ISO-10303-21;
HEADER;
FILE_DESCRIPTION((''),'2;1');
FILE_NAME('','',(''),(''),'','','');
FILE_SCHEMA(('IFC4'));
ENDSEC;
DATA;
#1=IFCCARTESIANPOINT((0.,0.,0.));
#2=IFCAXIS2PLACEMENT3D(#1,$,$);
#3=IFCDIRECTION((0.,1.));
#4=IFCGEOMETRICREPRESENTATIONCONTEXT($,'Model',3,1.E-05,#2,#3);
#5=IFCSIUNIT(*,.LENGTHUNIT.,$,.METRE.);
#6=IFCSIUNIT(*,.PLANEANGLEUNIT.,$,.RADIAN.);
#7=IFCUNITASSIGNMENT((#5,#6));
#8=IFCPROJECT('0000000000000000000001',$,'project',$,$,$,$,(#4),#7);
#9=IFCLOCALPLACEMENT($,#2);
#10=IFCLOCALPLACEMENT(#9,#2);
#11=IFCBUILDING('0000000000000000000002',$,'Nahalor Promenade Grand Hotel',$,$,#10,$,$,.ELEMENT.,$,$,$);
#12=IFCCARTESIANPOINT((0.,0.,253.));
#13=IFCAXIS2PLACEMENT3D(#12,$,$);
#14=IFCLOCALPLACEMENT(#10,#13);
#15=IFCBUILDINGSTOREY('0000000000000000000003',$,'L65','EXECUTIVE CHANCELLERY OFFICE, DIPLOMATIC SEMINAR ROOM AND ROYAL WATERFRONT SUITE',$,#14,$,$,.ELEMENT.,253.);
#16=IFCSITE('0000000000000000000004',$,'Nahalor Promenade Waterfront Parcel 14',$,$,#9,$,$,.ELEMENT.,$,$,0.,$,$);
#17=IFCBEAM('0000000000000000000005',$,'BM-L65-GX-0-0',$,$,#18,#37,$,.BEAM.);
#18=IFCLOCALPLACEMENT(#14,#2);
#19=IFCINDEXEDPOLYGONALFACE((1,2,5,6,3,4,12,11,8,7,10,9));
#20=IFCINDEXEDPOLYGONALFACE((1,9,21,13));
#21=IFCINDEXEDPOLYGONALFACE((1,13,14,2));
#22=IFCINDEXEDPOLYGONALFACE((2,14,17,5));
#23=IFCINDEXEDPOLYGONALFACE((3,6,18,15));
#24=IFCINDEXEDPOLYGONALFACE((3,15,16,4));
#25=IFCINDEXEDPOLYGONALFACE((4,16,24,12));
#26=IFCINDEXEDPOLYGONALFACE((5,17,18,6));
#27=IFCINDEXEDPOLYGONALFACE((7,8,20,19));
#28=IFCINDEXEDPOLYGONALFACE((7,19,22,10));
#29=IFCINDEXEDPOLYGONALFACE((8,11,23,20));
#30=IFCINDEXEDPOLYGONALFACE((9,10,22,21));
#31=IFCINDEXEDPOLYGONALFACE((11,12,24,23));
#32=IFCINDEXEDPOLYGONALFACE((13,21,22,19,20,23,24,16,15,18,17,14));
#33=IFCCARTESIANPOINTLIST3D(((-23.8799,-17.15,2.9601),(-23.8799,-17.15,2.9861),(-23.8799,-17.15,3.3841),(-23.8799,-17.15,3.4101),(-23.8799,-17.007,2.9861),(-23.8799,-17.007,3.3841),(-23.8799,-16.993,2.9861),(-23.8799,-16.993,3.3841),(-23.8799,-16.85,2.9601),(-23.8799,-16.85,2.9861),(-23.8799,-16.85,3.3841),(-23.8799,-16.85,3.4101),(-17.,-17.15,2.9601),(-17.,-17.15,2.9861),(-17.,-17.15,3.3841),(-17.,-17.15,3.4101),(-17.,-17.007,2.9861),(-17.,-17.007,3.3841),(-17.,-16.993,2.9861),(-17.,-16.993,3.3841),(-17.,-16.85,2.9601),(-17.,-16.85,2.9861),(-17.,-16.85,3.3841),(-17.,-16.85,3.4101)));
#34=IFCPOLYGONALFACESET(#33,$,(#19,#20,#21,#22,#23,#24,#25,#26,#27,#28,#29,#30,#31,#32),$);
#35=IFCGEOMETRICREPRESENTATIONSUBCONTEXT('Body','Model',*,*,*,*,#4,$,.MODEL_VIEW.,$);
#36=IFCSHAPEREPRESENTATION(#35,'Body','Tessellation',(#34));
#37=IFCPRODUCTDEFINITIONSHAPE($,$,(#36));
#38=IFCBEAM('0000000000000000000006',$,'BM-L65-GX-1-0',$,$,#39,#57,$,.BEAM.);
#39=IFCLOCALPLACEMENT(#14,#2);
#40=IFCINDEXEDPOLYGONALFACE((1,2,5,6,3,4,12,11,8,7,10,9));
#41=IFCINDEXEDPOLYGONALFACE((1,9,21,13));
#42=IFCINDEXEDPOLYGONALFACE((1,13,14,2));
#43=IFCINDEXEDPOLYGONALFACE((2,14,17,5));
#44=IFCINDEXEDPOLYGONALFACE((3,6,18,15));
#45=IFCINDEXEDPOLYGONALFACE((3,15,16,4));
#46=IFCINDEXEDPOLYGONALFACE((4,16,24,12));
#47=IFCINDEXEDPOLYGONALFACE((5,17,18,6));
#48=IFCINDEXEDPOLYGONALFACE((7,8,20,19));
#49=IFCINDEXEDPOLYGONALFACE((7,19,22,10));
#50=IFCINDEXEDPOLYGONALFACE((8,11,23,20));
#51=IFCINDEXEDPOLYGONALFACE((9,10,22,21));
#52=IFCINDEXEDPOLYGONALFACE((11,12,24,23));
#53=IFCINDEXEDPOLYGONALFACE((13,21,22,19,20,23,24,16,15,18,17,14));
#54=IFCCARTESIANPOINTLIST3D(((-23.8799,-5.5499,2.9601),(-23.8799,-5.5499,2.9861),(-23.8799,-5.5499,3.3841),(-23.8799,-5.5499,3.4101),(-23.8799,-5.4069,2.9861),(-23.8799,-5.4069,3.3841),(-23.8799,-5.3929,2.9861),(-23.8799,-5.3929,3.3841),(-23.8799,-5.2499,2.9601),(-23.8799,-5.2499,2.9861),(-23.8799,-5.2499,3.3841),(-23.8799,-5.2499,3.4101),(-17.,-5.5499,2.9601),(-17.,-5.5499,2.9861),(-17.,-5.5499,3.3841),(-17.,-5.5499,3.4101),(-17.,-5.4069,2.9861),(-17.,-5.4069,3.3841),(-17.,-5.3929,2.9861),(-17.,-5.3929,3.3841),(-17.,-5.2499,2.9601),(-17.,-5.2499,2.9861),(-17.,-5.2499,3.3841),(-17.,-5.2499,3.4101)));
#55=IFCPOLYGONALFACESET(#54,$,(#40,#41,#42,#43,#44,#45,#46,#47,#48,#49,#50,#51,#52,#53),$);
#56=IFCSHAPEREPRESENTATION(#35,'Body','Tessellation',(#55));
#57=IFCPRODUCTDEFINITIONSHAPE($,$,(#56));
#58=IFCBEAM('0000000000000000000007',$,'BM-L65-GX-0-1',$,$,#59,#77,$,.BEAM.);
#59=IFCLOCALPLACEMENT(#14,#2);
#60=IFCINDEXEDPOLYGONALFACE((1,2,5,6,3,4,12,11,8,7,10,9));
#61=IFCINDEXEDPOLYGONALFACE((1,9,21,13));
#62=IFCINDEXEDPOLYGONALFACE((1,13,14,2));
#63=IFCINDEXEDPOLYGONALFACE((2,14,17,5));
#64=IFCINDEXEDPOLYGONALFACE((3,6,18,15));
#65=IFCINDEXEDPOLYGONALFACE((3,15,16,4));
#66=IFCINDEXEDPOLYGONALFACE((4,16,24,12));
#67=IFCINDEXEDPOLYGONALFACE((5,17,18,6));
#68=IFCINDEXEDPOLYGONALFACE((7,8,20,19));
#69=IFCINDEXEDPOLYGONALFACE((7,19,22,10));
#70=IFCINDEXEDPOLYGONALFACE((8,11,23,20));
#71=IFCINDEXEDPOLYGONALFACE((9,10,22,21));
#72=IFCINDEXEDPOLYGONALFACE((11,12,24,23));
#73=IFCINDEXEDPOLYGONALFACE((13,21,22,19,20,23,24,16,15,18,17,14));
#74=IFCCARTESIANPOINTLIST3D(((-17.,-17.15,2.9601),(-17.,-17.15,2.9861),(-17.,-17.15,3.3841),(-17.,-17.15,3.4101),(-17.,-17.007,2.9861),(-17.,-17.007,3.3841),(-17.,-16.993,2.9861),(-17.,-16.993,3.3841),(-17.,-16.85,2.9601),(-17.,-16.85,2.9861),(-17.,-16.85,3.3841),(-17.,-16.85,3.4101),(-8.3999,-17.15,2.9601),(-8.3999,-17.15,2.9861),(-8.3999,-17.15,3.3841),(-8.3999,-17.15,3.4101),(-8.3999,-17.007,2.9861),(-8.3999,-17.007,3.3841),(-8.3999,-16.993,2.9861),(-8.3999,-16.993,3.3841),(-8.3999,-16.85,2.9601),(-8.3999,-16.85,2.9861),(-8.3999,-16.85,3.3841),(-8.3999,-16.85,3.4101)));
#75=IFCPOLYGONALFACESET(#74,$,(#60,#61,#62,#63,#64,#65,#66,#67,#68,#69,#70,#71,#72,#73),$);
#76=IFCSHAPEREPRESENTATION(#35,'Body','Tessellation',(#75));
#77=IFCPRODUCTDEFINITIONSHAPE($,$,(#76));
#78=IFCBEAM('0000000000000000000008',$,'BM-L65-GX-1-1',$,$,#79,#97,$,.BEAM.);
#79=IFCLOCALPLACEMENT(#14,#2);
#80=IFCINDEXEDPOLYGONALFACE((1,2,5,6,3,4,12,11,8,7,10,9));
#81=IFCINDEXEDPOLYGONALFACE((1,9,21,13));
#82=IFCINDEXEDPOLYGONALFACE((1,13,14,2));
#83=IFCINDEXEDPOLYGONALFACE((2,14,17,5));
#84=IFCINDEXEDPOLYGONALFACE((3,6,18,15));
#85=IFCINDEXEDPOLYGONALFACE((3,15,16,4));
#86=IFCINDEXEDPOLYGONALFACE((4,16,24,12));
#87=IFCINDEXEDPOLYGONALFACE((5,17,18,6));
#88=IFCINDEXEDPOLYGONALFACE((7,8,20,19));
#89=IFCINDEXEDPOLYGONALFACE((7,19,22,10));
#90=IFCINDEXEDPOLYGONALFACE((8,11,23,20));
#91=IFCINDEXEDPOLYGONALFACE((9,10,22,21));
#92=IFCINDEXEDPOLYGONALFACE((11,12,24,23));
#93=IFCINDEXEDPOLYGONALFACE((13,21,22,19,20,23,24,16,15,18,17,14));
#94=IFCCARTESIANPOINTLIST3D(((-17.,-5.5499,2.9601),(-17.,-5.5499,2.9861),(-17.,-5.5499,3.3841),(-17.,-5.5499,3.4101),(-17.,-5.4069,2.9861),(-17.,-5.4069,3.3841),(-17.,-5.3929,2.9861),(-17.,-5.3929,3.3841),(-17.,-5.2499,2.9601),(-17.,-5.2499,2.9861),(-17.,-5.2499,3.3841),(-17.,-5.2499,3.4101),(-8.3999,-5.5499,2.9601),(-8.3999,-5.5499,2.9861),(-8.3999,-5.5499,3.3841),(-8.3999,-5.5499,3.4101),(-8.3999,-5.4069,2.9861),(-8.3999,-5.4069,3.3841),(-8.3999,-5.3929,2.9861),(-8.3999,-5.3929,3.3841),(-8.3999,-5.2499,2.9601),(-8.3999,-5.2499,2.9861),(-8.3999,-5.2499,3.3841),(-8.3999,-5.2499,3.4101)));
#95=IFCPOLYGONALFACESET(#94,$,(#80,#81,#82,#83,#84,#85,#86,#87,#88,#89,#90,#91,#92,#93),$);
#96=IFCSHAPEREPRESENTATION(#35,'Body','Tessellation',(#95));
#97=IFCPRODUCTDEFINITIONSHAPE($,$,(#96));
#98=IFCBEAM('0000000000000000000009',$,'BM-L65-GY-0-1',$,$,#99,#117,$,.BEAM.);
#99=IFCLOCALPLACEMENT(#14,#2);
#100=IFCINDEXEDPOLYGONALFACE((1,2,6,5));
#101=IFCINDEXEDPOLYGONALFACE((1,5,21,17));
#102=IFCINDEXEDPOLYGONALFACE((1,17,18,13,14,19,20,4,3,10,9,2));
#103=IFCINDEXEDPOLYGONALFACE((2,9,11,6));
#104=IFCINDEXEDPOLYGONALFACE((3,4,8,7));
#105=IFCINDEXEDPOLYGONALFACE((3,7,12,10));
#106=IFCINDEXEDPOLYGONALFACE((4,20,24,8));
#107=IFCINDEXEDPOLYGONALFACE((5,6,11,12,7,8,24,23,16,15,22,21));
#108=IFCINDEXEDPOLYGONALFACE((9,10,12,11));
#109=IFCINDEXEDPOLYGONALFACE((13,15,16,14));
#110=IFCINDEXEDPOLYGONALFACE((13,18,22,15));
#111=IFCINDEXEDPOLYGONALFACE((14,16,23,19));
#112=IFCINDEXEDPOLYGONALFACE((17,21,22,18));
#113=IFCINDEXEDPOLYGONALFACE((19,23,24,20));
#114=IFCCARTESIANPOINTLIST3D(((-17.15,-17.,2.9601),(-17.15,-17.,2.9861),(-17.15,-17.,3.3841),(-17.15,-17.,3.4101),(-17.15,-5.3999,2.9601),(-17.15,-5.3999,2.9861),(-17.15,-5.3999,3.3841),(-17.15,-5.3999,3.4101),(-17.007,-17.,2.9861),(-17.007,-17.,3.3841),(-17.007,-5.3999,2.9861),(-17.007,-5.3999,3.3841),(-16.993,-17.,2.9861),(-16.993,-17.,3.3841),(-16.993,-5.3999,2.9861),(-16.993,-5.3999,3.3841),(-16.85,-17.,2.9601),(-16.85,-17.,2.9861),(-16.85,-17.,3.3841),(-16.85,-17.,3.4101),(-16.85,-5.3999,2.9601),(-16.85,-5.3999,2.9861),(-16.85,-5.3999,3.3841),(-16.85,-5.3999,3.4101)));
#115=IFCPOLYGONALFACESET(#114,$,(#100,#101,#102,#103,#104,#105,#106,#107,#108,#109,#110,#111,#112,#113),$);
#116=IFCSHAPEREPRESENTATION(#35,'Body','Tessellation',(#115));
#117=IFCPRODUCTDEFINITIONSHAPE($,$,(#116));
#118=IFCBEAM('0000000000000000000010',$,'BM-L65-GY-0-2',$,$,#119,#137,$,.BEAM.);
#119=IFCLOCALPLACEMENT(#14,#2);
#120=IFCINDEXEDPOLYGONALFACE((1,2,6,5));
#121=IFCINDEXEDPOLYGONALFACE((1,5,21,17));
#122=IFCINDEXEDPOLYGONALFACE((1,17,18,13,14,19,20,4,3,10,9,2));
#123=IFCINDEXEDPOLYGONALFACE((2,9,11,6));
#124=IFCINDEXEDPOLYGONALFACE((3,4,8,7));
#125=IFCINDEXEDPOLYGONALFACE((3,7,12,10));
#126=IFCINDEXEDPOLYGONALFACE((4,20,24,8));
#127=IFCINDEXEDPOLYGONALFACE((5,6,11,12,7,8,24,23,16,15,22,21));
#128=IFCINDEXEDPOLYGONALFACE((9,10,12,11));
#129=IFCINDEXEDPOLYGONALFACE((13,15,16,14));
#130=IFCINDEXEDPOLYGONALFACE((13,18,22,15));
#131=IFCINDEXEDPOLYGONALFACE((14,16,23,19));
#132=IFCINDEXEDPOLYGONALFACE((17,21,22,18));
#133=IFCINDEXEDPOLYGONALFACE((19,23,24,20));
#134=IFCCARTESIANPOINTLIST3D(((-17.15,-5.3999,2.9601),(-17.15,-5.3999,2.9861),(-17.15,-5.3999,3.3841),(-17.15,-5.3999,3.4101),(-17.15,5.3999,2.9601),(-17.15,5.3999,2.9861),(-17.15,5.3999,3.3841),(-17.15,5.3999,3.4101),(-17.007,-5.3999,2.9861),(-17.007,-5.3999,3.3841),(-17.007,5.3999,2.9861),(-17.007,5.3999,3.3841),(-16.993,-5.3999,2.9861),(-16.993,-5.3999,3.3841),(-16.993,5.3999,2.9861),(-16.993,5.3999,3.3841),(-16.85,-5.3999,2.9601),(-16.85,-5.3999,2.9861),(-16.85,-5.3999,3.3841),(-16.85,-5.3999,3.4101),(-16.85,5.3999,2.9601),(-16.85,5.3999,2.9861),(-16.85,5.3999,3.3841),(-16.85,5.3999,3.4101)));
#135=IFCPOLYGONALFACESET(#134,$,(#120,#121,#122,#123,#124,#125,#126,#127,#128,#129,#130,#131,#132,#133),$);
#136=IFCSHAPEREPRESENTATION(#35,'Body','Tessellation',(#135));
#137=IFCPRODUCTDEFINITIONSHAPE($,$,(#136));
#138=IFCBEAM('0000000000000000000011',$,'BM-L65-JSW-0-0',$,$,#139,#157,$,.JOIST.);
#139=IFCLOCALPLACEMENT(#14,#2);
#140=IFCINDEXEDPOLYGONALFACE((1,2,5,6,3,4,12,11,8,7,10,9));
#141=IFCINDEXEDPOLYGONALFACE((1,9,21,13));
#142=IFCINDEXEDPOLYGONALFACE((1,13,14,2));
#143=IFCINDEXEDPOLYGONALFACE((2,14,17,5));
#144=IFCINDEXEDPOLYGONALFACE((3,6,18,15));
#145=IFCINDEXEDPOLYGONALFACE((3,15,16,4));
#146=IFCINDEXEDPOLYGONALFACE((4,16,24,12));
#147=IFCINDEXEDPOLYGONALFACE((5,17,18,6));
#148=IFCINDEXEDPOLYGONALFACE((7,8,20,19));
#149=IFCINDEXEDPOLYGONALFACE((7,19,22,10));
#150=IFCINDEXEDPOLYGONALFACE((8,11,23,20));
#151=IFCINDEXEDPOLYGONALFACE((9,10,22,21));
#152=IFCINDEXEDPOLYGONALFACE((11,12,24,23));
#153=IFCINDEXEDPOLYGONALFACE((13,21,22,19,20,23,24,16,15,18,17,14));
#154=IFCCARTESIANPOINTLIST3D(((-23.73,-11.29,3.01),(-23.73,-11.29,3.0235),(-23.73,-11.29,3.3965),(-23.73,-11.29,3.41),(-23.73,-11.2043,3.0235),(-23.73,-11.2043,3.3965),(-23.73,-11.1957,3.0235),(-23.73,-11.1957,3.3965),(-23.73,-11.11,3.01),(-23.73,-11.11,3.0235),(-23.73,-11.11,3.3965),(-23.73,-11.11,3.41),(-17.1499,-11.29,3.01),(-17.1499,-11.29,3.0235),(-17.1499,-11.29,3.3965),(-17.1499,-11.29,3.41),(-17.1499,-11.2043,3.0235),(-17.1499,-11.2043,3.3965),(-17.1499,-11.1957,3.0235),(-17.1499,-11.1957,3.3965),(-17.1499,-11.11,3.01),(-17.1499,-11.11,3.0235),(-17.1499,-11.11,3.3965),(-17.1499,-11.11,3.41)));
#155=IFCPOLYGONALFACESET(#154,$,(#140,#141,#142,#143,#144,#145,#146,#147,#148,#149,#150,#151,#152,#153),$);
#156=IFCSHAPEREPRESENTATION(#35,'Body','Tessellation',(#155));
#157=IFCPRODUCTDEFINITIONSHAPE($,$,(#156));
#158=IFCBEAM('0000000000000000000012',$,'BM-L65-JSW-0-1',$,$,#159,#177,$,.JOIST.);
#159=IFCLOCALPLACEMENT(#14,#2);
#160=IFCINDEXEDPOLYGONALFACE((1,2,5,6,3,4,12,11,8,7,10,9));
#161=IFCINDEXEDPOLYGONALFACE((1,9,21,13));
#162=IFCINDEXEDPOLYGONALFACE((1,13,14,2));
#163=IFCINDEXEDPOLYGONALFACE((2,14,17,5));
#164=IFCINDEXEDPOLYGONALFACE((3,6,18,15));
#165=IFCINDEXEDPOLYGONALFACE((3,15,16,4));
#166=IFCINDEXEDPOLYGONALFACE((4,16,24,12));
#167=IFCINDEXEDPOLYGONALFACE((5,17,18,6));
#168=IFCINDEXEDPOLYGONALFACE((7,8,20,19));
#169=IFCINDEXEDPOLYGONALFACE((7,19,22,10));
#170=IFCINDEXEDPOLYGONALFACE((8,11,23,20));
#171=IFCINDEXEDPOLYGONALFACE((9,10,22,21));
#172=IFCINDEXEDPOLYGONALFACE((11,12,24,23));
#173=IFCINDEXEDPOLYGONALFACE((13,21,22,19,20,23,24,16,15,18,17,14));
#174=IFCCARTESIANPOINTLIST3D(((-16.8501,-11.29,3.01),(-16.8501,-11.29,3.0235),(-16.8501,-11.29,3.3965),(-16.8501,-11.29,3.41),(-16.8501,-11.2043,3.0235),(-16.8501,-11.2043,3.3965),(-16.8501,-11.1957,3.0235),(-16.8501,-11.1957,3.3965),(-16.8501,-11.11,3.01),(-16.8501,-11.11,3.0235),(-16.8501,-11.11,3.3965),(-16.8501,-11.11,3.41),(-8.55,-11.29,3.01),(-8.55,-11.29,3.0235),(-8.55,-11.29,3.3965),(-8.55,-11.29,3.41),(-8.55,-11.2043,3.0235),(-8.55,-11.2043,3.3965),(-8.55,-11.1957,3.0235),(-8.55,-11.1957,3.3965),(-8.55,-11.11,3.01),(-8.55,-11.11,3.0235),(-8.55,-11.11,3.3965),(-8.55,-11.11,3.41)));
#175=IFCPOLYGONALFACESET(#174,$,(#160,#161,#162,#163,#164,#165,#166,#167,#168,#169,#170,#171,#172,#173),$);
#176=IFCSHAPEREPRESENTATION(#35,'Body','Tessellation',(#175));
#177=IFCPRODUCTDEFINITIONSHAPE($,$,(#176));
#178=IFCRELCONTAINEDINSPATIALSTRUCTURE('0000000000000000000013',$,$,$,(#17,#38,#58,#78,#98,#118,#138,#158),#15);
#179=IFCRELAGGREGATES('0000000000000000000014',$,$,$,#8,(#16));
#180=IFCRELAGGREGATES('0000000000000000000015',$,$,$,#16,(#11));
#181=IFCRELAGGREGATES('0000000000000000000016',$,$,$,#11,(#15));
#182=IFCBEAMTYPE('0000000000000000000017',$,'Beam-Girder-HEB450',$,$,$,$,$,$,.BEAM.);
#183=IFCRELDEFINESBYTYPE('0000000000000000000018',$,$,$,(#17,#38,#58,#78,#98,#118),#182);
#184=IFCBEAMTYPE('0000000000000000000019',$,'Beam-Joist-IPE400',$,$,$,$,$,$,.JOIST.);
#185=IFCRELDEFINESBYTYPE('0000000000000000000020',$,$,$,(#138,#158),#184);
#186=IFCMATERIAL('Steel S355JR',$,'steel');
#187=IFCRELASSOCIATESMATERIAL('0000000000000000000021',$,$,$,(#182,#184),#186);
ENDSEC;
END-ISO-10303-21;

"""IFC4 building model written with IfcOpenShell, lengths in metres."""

from ifc_helpers import new_model, si_unit, direction, frame, origin, origin_2d, place, context, subcontext, project, spatial, i_section, extrude, source, transform, mapped, material, material_profile, profile_set, type_object, element, save


model = new_model("IFC4")

# Units and contexts
model_context = context("Model", 3, precision=1e-05, world=origin(), true_north=direction((0.0, 1.0)))
body_context = subcontext(model_context, "Body", "Model", "MODEL_VIEW")
ifc_project = project(units=[si_unit("LENGTHUNIT", "METRE"), si_unit("PLANEANGLEUNIT", "RADIAN")], contexts=[model_context])

# Site, building, storey
site_placement = place(None, origin())
site = spatial("IfcSite", under=ifc_project, at=site_placement, Name="Nahalor Promenade Waterfront Parcel 14", CompositionType="ELEMENT", RefElevation=0.0)
building_placement = place(site_placement, origin())
building = spatial("IfcBuilding", under=site, at=building_placement, Name="Nahalor Promenade Grand Hotel", CompositionType="ELEMENT")
storey_placement = place(building_placement, frame((0.0, 0.0, 253.0)))
storey = spatial("IfcBuildingStorey", under=building, at=storey_placement, Name="L65", Description="EXECUTIVE CHANCELLERY OFFICE, DIPLOMATIC SEMINAR ROOM AND ROYAL WATERFRONT SUITE", CompositionType="ELEMENT", Elevation=253.0)

# Shared definitions
ifc_material_1 = material(Name="Steel S355JR", Category="steel")

# Beams
ifc_material_profile_1 = material_profile(ifc_material_1, i_section(OverallWidth=0.3, OverallDepth=0.45, WebThickness=0.014, FlangeThickness=0.026, at=origin_2d()), Name="HEB 450")
ifc_profile_set_1 = profile_set([ifc_material_profile_1], Name="Steel S355JR")
beam_type_1 = type_object("IfcBeamType", Name="Beam-Girder-HEB450", PredefinedType="BEAM", material=ifc_profile_set_1)
shared_shape_1 = source(origin(), body_context, "Body", "SweptSolid", [
    extrude(i_section(OverallWidth=0.3, OverallDepth=0.45, WebThickness=0.014, FlangeThickness=0.026, at=origin_2d()), origin(), (0.0, 0.0, 1.0), 6.8799),
])
for number, where, z_axis, x_axis, name in (
    (1, (-23.8799, -17.0, 3.1851), (1.0, 0.0, 0.0), (0.0, 1.0, 0.0), "BM-L65-GX-0-0"),
    (2, (-23.8799, -5.3999, 3.1851), (1.0, 0.0, 0.0), (0.0, 1.0, 0.0), "BM-L65-GX-1-0"),
):
    element("IfcBeam", number, at=place(storey_placement, frame(where, z_axis=z_axis, x_axis=x_axis)), inside=storey, type_object=beam_type_1, Name=name, PredefinedType="BEAM", context=body_context, shape_type="MappedRepresentation", body=[
        mapped(shared_shape_1, transform((0.0, 0.0, 0.0), scale=1.0)),
    ])
shared_shape_2 = source(origin(), body_context, "Body", "SweptSolid", [
    extrude(i_section(OverallWidth=0.3, OverallDepth=0.45, WebThickness=0.014, FlangeThickness=0.026, at=origin_2d()), origin(), (0.0, 0.0, 1.0), 8.6001),
])
for number, where, z_axis, x_axis, name in (
    (3, (-17.0, -17.0, 3.1851), (1.0, 0.0, 0.0), (0.0, 1.0, 0.0), "BM-L65-GX-0-1"),
    (4, (-17.0, -5.3999, 3.1851), (1.0, 0.0, 0.0), (0.0, 1.0, 0.0), "BM-L65-GX-1-1"),
):
    element("IfcBeam", number, at=place(storey_placement, frame(where, z_axis=z_axis, x_axis=x_axis)), inside=storey, type_object=beam_type_1, Name=name, PredefinedType="BEAM", context=body_context, shape_type="MappedRepresentation", body=[
        mapped(shared_shape_2, transform((0.0, 0.0, 0.0), scale=1.0)),
    ])
shared_shape_3 = source(origin(), body_context, "Body", "SweptSolid", [
    extrude(i_section(OverallWidth=0.3, OverallDepth=0.45, WebThickness=0.014, FlangeThickness=0.026, at=origin_2d()), origin(), (0.0, 0.0, 1.0), 11.6001),
])
beam_1_placement = place(storey_placement, frame((-17.0, -17.0, 3.1851), z_axis=(0.0, 1.0, 0.0), x_axis=(-1.0, 0.0, 0.0)))
element("IfcBeam", 5, at=beam_1_placement, inside=storey, type_object=beam_type_1, Name="BM-L65-GY-0-1", PredefinedType="BEAM", context=body_context, shape_type="MappedRepresentation", body=[
    mapped(shared_shape_3, transform((0.0, 0.0, 0.0), scale=1.0)),
])
shared_shape_4 = source(origin(), body_context, "Body", "SweptSolid", [
    extrude(i_section(OverallWidth=0.3, OverallDepth=0.45, WebThickness=0.014, FlangeThickness=0.026, at=origin_2d()), origin(), (0.0, 0.0, 1.0), 10.7998),
])
beam_2_placement = place(storey_placement, frame((-17.0, -5.3999, 3.1851), z_axis=(0.0, 1.0, 0.0), x_axis=(-1.0, 0.0, 0.0)))
element("IfcBeam", 6, at=beam_2_placement, inside=storey, type_object=beam_type_1, Name="BM-L65-GY-0-2", PredefinedType="BEAM", context=body_context, shape_type="MappedRepresentation", body=[
    mapped(shared_shape_4, transform((0.0, 0.0, 0.0), scale=1.0)),
])
ifc_material_profile_2 = material_profile(ifc_material_1, i_section(OverallWidth=0.18, OverallDepth=0.4, WebThickness=0.0086, FlangeThickness=0.0135, at=origin_2d()), Name="IPE 400")
ifc_profile_set_2 = profile_set([ifc_material_profile_2], Name="Steel S355JR")
beam_type_2 = type_object("IfcBeamType", Name="Beam-Joist-IPE400", PredefinedType="JOIST", material=ifc_profile_set_2)
shared_shape_5 = source(origin(), body_context, "Body", "SweptSolid", [
    extrude(i_section(OverallWidth=0.18, OverallDepth=0.4, WebThickness=0.0086, FlangeThickness=0.0135, at=origin_2d()), origin(), (0.0, 0.0, 1.0), 6.5801),
])
beam_3_placement = place(storey_placement, frame((-23.73, -11.2, 3.21), z_axis=(1.0, 0.0, 0.0), x_axis=(0.0, 1.0, 0.0)))
element("IfcBeam", 7, at=beam_3_placement, inside=storey, type_object=beam_type_2, Name="BM-L65-JSW-0-0", PredefinedType="JOIST", context=body_context, shape_type="MappedRepresentation", body=[
    mapped(shared_shape_5, transform((0.0, 0.0, 0.0), scale=1.0)),
])
shared_shape_6 = source(origin(), body_context, "Body", "SweptSolid", [
    extrude(i_section(OverallWidth=0.18, OverallDepth=0.4, WebThickness=0.0086, FlangeThickness=0.0135, at=origin_2d()), origin(), (0.0, 0.0, 1.0), 8.3),
])
beam_4_placement = place(storey_placement, frame((-16.8501, -11.2, 3.21), z_axis=(1.0, 0.0, 0.0), x_axis=(0.0, 1.0, 0.0)))
element("IfcBeam", 8, at=beam_4_placement, inside=storey, type_object=beam_type_2, Name="BM-L65-JSW-0-1", PredefinedType="JOIST", context=body_context, shape_type="MappedRepresentation", body=[
    mapped(shared_shape_6, transform((0.0, 0.0, 0.0), scale=1.0)),
])

save(model, "model.ifc")
